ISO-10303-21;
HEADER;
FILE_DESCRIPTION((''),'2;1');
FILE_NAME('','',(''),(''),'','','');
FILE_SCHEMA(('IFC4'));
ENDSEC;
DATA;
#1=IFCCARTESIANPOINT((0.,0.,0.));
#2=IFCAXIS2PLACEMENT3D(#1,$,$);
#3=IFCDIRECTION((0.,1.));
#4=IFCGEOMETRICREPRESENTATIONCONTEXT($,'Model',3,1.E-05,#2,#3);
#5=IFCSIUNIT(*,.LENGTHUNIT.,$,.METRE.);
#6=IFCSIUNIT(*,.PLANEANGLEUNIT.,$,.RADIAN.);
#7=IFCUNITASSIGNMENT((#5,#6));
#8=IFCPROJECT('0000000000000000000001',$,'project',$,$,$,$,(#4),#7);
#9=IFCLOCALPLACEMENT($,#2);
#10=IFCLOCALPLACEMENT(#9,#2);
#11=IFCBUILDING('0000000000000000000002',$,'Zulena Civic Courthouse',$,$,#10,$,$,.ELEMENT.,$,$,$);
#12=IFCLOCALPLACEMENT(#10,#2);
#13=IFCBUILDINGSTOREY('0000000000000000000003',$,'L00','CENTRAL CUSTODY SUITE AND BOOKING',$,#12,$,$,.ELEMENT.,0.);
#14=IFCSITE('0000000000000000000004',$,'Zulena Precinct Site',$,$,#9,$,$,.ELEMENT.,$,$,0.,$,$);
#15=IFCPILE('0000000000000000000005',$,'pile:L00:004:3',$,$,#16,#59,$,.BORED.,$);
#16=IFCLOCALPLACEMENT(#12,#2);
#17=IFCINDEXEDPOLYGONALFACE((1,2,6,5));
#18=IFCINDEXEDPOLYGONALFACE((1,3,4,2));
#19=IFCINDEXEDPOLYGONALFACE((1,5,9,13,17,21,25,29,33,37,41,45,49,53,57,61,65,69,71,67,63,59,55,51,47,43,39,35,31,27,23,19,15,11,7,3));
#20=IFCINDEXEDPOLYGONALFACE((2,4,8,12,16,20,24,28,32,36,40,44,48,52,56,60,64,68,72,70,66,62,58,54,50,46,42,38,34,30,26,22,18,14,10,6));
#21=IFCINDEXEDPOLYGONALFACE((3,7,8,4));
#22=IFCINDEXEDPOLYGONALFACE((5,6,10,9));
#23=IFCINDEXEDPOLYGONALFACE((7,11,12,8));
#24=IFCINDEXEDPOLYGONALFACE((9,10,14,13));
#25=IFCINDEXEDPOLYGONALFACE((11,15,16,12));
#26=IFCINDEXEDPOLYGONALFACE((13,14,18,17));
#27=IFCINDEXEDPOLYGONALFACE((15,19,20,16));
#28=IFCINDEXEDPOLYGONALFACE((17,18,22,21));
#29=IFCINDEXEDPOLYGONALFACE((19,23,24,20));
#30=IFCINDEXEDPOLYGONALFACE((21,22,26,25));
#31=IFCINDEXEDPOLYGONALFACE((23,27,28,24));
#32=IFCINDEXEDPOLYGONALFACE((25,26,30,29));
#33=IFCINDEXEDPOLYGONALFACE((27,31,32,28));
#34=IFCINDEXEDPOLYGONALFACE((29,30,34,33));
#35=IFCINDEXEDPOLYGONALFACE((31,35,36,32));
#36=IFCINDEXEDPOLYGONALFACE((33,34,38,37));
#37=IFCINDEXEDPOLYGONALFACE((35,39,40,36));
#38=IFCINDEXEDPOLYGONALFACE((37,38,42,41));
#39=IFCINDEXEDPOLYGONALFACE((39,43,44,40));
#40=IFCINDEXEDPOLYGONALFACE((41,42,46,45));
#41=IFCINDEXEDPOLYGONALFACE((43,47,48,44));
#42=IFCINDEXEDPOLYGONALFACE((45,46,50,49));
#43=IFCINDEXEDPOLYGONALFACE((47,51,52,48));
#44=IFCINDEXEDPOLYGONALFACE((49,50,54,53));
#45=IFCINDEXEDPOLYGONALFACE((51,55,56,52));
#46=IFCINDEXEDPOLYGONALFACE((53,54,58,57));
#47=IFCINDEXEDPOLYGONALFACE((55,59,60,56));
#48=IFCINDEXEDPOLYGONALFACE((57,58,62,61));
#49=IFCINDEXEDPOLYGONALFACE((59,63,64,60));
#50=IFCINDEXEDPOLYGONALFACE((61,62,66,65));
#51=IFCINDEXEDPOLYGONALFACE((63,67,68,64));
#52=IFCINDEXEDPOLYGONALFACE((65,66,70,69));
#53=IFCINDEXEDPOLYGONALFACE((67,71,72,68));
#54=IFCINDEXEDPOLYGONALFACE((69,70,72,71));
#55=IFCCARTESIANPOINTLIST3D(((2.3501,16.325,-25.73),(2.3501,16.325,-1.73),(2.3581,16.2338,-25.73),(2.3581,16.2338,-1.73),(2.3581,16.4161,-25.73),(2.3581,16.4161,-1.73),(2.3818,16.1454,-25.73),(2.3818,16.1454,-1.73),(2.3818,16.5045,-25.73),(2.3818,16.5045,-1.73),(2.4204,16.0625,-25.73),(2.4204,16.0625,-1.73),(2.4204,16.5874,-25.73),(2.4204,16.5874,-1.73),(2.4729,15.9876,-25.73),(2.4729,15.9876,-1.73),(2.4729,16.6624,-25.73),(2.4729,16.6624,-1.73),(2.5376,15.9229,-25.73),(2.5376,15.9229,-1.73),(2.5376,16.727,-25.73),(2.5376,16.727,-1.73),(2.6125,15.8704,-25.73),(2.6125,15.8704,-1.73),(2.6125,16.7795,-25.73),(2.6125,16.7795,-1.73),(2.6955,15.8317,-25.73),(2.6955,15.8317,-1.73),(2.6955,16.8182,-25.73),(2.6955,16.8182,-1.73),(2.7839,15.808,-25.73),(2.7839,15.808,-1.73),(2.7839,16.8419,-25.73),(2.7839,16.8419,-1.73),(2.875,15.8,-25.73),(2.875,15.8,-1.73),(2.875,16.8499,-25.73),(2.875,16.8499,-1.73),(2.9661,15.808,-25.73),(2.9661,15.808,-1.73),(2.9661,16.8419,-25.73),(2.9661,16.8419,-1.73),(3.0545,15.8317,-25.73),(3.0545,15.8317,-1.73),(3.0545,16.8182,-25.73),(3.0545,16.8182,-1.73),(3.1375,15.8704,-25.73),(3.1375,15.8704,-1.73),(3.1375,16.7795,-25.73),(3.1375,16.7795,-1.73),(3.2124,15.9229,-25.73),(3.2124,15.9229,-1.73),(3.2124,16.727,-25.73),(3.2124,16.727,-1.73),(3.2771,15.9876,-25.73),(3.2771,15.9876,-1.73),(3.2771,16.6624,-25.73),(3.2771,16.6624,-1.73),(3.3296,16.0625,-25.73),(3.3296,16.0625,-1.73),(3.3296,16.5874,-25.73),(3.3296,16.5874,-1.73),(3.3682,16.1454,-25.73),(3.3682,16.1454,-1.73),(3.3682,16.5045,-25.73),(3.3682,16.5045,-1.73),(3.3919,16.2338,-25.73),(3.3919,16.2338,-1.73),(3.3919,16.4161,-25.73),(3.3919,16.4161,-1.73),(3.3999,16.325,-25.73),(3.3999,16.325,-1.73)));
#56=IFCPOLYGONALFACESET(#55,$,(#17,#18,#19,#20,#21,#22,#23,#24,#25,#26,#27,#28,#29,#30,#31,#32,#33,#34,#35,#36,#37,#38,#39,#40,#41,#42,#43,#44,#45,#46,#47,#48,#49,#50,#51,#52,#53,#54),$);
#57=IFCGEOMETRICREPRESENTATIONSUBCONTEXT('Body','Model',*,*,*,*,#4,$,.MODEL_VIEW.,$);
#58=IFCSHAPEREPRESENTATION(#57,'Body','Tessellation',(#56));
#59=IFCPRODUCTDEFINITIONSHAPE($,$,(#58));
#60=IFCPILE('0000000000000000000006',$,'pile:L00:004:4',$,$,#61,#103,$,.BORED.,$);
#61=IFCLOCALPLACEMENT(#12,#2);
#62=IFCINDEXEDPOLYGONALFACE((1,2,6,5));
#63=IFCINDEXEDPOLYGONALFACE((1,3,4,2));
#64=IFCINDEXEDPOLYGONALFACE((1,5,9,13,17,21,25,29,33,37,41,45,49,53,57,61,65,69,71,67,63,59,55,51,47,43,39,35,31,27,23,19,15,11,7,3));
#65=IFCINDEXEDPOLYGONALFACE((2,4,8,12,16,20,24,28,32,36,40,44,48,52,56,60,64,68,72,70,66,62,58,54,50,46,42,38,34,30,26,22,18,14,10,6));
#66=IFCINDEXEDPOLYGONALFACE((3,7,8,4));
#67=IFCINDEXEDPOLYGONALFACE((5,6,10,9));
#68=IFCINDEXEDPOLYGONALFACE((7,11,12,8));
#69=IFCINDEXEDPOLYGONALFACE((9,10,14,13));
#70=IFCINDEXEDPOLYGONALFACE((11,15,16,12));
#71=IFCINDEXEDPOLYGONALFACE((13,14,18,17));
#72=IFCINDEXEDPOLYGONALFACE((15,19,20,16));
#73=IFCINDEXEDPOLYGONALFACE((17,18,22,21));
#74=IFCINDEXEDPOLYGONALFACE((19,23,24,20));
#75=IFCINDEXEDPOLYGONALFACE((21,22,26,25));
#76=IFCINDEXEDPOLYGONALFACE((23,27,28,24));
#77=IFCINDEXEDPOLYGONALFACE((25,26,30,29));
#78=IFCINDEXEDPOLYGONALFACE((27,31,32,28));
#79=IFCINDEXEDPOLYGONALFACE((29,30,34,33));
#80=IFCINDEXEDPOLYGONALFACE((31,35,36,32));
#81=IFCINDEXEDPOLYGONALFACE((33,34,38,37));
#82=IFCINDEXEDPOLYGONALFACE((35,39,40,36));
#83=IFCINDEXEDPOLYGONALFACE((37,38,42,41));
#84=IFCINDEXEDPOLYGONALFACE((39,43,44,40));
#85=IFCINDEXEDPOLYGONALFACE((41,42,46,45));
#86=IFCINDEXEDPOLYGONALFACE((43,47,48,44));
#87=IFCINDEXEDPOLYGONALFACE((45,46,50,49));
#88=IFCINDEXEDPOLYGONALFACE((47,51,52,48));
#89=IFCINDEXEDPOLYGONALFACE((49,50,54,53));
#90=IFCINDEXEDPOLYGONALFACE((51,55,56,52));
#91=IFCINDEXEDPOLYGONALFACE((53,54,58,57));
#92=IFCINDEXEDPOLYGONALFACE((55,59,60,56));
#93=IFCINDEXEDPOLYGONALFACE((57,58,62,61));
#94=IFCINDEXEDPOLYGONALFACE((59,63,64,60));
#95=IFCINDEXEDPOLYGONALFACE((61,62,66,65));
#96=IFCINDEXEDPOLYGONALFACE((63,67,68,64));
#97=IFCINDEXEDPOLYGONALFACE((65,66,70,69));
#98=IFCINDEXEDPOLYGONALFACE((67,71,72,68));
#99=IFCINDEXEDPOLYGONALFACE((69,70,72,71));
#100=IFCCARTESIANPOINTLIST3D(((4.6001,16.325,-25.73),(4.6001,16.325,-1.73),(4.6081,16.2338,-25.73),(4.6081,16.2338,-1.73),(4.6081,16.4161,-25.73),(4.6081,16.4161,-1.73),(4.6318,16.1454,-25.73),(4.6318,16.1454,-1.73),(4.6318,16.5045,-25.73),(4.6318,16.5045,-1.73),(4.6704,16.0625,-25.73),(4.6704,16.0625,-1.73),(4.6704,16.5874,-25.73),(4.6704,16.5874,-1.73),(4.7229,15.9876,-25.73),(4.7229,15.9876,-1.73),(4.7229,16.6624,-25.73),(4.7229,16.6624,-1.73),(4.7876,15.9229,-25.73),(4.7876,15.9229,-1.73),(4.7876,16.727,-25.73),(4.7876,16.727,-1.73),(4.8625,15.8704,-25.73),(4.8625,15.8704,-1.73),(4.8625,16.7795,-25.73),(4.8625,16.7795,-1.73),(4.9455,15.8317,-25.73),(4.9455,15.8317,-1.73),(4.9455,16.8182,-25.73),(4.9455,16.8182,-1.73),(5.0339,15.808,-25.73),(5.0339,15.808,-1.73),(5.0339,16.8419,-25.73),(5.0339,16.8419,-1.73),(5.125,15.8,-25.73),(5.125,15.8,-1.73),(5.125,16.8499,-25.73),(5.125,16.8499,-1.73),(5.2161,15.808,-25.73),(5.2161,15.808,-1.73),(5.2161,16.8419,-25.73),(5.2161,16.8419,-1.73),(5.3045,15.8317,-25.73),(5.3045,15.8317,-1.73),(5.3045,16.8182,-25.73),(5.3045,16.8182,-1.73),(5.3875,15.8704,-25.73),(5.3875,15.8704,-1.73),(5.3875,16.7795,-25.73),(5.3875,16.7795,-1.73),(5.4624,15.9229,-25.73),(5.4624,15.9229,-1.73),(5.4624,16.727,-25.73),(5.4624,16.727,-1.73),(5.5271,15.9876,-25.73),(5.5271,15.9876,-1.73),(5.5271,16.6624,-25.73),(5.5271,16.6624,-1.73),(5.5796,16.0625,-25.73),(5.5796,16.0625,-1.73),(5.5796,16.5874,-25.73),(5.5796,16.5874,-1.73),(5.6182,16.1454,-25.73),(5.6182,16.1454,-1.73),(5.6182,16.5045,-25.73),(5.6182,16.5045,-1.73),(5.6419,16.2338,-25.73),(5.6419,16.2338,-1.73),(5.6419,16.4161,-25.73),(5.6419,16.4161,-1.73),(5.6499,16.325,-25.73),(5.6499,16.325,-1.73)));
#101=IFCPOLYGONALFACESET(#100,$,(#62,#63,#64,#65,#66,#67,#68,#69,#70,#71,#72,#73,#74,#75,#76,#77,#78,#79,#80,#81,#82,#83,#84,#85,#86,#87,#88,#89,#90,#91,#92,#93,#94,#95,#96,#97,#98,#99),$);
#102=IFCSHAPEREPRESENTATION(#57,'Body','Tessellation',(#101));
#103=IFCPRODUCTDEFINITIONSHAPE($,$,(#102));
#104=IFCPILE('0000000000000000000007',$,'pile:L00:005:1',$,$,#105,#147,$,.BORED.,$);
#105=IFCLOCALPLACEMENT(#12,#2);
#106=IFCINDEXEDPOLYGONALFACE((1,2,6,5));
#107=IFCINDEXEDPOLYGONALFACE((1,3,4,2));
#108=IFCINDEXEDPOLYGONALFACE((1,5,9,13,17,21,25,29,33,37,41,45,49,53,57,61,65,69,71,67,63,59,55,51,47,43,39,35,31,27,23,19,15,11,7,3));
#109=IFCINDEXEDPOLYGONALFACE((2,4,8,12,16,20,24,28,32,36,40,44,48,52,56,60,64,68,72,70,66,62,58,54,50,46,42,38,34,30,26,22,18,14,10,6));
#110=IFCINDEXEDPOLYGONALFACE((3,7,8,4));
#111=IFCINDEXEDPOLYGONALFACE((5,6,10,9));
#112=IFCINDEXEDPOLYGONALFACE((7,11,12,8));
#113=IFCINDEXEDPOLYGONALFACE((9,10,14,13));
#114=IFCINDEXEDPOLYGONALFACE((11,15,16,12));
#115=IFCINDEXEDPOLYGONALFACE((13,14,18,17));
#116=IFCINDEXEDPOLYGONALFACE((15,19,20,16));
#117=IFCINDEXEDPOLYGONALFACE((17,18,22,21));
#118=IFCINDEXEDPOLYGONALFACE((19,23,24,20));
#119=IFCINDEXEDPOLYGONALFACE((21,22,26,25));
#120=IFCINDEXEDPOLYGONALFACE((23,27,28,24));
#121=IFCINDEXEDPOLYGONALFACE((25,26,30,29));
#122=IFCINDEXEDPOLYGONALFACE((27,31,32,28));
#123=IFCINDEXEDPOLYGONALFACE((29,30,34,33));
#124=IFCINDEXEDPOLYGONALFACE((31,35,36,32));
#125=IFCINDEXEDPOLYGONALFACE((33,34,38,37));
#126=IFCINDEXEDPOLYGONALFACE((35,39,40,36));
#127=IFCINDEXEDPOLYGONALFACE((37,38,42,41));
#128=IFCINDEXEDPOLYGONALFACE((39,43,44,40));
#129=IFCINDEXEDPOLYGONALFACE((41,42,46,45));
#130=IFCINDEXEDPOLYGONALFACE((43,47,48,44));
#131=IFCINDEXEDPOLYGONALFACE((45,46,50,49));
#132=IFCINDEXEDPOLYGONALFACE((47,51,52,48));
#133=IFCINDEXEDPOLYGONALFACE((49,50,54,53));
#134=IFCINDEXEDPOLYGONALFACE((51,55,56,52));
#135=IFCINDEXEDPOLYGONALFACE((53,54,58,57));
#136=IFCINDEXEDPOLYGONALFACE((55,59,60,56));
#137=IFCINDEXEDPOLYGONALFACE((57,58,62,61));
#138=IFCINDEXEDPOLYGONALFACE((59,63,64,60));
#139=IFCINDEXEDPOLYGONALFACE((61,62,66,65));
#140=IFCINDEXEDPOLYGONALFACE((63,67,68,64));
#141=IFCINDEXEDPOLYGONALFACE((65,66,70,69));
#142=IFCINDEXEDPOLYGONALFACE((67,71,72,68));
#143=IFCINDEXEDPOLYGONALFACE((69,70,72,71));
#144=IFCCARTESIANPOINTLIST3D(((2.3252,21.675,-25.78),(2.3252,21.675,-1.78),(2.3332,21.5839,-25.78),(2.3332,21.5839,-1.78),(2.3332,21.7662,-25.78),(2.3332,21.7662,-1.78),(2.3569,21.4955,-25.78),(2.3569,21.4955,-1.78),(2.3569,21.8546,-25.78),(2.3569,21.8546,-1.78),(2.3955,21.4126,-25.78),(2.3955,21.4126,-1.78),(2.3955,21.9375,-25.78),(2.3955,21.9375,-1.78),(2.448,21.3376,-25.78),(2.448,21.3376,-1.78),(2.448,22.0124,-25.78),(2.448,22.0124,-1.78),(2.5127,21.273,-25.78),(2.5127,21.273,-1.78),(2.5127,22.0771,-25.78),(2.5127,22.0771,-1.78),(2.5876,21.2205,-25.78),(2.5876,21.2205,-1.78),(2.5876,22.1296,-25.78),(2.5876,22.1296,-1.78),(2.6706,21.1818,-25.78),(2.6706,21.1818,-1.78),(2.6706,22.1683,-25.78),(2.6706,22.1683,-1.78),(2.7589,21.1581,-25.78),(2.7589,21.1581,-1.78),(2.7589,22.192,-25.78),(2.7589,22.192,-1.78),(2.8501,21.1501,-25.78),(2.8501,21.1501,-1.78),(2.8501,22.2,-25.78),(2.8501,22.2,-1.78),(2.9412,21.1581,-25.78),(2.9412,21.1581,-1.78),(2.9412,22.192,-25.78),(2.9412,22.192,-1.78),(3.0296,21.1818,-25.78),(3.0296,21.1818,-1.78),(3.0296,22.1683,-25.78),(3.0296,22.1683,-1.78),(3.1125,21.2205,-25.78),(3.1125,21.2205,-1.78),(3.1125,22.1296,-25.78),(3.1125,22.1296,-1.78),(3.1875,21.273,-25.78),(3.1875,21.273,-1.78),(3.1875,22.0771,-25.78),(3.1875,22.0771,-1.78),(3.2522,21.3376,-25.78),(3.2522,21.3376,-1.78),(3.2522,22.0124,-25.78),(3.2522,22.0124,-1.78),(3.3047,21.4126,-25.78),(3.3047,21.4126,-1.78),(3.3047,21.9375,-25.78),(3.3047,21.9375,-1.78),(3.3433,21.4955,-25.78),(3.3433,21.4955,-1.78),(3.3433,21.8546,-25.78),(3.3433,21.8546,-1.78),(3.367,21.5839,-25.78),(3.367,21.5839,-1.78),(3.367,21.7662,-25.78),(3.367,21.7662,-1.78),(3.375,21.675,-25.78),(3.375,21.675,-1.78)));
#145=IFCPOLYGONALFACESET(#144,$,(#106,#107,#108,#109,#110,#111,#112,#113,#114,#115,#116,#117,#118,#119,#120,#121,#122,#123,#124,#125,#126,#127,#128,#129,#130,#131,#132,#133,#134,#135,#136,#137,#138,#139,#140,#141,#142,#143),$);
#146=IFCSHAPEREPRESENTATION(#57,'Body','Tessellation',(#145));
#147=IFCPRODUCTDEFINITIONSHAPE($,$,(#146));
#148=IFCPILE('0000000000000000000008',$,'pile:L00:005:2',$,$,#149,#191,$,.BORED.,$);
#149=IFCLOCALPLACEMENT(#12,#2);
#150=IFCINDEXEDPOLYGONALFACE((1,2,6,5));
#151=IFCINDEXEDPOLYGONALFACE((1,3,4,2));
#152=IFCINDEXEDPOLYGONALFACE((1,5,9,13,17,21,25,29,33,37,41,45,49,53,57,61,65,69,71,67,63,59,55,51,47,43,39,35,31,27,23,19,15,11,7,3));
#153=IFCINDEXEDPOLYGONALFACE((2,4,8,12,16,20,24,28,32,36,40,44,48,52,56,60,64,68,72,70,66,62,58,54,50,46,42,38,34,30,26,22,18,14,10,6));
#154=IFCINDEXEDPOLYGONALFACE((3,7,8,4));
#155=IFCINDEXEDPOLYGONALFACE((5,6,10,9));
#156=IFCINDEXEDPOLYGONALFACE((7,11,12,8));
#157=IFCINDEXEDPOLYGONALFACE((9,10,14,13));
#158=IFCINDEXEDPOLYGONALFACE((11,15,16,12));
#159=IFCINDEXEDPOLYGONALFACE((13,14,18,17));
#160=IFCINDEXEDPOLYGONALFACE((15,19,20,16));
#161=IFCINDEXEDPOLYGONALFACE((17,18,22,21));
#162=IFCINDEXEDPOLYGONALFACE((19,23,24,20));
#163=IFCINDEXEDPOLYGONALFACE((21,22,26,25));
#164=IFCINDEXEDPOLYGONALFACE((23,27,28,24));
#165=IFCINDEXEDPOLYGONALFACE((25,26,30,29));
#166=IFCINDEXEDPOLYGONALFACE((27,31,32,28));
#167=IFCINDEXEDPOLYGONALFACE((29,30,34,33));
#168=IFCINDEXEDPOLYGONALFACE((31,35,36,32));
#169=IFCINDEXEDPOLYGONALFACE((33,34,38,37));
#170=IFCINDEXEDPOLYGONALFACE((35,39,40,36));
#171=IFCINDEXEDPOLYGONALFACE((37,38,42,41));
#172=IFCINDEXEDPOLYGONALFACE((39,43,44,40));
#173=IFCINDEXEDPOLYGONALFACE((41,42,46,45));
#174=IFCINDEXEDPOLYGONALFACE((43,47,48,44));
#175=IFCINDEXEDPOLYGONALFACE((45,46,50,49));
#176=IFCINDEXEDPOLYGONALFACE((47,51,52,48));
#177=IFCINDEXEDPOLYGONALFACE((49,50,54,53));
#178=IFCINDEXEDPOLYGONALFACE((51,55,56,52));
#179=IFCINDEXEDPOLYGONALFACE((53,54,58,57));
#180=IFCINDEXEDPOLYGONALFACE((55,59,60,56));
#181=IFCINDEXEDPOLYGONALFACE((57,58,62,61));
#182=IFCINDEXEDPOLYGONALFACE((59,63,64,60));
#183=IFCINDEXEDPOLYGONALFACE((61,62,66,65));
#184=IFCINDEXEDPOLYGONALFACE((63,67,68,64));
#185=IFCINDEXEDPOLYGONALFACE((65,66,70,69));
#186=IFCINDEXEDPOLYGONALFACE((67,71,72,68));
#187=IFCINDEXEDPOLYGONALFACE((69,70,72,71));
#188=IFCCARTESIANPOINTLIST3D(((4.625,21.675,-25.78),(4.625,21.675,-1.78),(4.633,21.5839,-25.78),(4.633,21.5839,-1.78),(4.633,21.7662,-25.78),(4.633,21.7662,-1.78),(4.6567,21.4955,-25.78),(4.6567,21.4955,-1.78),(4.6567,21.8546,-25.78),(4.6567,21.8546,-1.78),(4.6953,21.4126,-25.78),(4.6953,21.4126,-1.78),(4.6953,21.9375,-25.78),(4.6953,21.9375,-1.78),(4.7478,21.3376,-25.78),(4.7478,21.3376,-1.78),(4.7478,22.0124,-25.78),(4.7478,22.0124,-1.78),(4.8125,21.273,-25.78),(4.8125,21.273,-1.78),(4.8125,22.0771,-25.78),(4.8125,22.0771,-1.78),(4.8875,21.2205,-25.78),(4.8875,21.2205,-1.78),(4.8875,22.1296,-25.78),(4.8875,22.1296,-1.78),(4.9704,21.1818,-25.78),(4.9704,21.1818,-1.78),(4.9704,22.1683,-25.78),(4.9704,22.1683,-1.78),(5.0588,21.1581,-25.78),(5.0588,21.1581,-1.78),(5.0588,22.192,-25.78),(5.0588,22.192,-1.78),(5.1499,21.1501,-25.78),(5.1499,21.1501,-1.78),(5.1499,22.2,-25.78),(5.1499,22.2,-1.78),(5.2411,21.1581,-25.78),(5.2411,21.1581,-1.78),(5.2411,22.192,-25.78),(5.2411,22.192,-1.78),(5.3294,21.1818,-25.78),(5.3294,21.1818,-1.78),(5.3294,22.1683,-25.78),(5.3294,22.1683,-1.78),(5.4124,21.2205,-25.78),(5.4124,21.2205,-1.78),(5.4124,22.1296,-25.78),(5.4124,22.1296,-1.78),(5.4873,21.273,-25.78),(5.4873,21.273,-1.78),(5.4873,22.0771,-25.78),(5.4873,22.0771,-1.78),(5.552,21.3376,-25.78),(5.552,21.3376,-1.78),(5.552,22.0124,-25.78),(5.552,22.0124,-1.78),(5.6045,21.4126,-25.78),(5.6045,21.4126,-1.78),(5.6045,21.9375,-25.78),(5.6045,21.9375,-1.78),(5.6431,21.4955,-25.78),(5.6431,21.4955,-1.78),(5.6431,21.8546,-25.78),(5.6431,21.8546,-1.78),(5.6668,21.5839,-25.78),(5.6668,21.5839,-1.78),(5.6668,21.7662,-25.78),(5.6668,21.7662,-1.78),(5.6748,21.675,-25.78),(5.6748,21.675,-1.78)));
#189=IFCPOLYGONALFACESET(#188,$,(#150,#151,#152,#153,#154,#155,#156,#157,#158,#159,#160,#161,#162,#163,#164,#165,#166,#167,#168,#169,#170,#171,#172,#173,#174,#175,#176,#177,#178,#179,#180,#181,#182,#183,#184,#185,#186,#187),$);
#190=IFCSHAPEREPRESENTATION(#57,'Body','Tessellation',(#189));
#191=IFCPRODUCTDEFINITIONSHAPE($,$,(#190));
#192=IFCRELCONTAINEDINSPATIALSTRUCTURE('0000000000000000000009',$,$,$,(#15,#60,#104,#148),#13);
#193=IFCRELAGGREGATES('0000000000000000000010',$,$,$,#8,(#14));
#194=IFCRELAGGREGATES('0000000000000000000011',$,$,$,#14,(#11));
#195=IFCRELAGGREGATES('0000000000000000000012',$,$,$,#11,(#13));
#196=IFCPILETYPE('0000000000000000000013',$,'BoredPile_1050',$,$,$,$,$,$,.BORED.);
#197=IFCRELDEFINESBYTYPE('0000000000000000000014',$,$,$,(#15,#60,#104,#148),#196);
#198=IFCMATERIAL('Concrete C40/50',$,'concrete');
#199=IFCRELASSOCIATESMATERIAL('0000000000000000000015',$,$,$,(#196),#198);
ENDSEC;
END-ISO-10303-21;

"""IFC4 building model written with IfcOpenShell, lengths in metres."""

from ifc_helpers import new_model, si_unit, direction, frame, origin, origin_2d, place, context, subcontext, project, spatial, circle, extrude, material, material_profile, profile_set, type_object, element, save


model = new_model("IFC4")

# Units and contexts
model_context = context("Model", 3, precision=1e-05, world=origin(), true_north=direction((0.0, 1.0)))
body_context = subcontext(model_context, "Body", "Model", "MODEL_VIEW")
ifc_project = project(units=[si_unit("LENGTHUNIT", "METRE"), si_unit("PLANEANGLEUNIT", "RADIAN")], contexts=[model_context])

# Site, building, storey
site_placement = place(None, origin())
site = spatial("IfcSite", under=ifc_project, at=site_placement, Name="Zulena Precinct Site", CompositionType="ELEMENT", RefElevation=0.0)
building_placement = place(site_placement, origin())
building = spatial("IfcBuilding", under=site, at=building_placement, Name="Zulena Civic Courthouse", CompositionType="ELEMENT")
storey_placement = place(building_placement, origin())
storey = spatial("IfcBuildingStorey", under=building, at=storey_placement, Name="L00", Description="CENTRAL CUSTODY SUITE AND BOOKING", CompositionType="ELEMENT", Elevation=0.0)

# Piles
ifc_material_1 = material(Name="Concrete C40/50", Category="concrete")
ifc_material_profile_1 = material_profile(ifc_material_1, circle(Radius=0.5249, at=origin_2d()), Name="PILE1050")
ifc_profile_set_1 = profile_set([ifc_material_profile_1], Name="Concrete C40/50")
pile_type_1 = type_object("IfcPileType", Name="BoredPile_1050", PredefinedType="BORED", material=ifc_profile_set_1)
for number, where, z_axis, x_axis, name in (
    (1, (2.875, 16.325, -1.73), (0.0, 0.0, -1.0), (1.0, 0.0, 0.0), "pile:L00:004:3"),
    (2, (5.125, 16.325, -1.73), (0.0, 0.0, -1.0), (1.0, 0.0, 0.0), "pile:L00:004:4"),
    (3, (2.8501, 21.675, -1.78), (0.0, 0.0, -1.0), (1.0, 0.0, 0.0), "pile:L00:005:1"),
    (4, (5.1499, 21.675, -1.78), (0.0, 0.0, -1.0), (1.0, 0.0, 0.0), "pile:L00:005:2"),
):
    element("IfcPile", number, at=place(storey_placement, frame(where, z_axis=z_axis, x_axis=x_axis)), inside=storey, type_object=pile_type_1, Name=name, PredefinedType="BORED", context=body_context, shape_type="SweptSolid", body=[
        extrude(circle(Radius=0.5249, at=origin_2d()), origin(), (0.0, 0.0, 1.0), 24.0),
    ])

save(model, "model.ifc")
